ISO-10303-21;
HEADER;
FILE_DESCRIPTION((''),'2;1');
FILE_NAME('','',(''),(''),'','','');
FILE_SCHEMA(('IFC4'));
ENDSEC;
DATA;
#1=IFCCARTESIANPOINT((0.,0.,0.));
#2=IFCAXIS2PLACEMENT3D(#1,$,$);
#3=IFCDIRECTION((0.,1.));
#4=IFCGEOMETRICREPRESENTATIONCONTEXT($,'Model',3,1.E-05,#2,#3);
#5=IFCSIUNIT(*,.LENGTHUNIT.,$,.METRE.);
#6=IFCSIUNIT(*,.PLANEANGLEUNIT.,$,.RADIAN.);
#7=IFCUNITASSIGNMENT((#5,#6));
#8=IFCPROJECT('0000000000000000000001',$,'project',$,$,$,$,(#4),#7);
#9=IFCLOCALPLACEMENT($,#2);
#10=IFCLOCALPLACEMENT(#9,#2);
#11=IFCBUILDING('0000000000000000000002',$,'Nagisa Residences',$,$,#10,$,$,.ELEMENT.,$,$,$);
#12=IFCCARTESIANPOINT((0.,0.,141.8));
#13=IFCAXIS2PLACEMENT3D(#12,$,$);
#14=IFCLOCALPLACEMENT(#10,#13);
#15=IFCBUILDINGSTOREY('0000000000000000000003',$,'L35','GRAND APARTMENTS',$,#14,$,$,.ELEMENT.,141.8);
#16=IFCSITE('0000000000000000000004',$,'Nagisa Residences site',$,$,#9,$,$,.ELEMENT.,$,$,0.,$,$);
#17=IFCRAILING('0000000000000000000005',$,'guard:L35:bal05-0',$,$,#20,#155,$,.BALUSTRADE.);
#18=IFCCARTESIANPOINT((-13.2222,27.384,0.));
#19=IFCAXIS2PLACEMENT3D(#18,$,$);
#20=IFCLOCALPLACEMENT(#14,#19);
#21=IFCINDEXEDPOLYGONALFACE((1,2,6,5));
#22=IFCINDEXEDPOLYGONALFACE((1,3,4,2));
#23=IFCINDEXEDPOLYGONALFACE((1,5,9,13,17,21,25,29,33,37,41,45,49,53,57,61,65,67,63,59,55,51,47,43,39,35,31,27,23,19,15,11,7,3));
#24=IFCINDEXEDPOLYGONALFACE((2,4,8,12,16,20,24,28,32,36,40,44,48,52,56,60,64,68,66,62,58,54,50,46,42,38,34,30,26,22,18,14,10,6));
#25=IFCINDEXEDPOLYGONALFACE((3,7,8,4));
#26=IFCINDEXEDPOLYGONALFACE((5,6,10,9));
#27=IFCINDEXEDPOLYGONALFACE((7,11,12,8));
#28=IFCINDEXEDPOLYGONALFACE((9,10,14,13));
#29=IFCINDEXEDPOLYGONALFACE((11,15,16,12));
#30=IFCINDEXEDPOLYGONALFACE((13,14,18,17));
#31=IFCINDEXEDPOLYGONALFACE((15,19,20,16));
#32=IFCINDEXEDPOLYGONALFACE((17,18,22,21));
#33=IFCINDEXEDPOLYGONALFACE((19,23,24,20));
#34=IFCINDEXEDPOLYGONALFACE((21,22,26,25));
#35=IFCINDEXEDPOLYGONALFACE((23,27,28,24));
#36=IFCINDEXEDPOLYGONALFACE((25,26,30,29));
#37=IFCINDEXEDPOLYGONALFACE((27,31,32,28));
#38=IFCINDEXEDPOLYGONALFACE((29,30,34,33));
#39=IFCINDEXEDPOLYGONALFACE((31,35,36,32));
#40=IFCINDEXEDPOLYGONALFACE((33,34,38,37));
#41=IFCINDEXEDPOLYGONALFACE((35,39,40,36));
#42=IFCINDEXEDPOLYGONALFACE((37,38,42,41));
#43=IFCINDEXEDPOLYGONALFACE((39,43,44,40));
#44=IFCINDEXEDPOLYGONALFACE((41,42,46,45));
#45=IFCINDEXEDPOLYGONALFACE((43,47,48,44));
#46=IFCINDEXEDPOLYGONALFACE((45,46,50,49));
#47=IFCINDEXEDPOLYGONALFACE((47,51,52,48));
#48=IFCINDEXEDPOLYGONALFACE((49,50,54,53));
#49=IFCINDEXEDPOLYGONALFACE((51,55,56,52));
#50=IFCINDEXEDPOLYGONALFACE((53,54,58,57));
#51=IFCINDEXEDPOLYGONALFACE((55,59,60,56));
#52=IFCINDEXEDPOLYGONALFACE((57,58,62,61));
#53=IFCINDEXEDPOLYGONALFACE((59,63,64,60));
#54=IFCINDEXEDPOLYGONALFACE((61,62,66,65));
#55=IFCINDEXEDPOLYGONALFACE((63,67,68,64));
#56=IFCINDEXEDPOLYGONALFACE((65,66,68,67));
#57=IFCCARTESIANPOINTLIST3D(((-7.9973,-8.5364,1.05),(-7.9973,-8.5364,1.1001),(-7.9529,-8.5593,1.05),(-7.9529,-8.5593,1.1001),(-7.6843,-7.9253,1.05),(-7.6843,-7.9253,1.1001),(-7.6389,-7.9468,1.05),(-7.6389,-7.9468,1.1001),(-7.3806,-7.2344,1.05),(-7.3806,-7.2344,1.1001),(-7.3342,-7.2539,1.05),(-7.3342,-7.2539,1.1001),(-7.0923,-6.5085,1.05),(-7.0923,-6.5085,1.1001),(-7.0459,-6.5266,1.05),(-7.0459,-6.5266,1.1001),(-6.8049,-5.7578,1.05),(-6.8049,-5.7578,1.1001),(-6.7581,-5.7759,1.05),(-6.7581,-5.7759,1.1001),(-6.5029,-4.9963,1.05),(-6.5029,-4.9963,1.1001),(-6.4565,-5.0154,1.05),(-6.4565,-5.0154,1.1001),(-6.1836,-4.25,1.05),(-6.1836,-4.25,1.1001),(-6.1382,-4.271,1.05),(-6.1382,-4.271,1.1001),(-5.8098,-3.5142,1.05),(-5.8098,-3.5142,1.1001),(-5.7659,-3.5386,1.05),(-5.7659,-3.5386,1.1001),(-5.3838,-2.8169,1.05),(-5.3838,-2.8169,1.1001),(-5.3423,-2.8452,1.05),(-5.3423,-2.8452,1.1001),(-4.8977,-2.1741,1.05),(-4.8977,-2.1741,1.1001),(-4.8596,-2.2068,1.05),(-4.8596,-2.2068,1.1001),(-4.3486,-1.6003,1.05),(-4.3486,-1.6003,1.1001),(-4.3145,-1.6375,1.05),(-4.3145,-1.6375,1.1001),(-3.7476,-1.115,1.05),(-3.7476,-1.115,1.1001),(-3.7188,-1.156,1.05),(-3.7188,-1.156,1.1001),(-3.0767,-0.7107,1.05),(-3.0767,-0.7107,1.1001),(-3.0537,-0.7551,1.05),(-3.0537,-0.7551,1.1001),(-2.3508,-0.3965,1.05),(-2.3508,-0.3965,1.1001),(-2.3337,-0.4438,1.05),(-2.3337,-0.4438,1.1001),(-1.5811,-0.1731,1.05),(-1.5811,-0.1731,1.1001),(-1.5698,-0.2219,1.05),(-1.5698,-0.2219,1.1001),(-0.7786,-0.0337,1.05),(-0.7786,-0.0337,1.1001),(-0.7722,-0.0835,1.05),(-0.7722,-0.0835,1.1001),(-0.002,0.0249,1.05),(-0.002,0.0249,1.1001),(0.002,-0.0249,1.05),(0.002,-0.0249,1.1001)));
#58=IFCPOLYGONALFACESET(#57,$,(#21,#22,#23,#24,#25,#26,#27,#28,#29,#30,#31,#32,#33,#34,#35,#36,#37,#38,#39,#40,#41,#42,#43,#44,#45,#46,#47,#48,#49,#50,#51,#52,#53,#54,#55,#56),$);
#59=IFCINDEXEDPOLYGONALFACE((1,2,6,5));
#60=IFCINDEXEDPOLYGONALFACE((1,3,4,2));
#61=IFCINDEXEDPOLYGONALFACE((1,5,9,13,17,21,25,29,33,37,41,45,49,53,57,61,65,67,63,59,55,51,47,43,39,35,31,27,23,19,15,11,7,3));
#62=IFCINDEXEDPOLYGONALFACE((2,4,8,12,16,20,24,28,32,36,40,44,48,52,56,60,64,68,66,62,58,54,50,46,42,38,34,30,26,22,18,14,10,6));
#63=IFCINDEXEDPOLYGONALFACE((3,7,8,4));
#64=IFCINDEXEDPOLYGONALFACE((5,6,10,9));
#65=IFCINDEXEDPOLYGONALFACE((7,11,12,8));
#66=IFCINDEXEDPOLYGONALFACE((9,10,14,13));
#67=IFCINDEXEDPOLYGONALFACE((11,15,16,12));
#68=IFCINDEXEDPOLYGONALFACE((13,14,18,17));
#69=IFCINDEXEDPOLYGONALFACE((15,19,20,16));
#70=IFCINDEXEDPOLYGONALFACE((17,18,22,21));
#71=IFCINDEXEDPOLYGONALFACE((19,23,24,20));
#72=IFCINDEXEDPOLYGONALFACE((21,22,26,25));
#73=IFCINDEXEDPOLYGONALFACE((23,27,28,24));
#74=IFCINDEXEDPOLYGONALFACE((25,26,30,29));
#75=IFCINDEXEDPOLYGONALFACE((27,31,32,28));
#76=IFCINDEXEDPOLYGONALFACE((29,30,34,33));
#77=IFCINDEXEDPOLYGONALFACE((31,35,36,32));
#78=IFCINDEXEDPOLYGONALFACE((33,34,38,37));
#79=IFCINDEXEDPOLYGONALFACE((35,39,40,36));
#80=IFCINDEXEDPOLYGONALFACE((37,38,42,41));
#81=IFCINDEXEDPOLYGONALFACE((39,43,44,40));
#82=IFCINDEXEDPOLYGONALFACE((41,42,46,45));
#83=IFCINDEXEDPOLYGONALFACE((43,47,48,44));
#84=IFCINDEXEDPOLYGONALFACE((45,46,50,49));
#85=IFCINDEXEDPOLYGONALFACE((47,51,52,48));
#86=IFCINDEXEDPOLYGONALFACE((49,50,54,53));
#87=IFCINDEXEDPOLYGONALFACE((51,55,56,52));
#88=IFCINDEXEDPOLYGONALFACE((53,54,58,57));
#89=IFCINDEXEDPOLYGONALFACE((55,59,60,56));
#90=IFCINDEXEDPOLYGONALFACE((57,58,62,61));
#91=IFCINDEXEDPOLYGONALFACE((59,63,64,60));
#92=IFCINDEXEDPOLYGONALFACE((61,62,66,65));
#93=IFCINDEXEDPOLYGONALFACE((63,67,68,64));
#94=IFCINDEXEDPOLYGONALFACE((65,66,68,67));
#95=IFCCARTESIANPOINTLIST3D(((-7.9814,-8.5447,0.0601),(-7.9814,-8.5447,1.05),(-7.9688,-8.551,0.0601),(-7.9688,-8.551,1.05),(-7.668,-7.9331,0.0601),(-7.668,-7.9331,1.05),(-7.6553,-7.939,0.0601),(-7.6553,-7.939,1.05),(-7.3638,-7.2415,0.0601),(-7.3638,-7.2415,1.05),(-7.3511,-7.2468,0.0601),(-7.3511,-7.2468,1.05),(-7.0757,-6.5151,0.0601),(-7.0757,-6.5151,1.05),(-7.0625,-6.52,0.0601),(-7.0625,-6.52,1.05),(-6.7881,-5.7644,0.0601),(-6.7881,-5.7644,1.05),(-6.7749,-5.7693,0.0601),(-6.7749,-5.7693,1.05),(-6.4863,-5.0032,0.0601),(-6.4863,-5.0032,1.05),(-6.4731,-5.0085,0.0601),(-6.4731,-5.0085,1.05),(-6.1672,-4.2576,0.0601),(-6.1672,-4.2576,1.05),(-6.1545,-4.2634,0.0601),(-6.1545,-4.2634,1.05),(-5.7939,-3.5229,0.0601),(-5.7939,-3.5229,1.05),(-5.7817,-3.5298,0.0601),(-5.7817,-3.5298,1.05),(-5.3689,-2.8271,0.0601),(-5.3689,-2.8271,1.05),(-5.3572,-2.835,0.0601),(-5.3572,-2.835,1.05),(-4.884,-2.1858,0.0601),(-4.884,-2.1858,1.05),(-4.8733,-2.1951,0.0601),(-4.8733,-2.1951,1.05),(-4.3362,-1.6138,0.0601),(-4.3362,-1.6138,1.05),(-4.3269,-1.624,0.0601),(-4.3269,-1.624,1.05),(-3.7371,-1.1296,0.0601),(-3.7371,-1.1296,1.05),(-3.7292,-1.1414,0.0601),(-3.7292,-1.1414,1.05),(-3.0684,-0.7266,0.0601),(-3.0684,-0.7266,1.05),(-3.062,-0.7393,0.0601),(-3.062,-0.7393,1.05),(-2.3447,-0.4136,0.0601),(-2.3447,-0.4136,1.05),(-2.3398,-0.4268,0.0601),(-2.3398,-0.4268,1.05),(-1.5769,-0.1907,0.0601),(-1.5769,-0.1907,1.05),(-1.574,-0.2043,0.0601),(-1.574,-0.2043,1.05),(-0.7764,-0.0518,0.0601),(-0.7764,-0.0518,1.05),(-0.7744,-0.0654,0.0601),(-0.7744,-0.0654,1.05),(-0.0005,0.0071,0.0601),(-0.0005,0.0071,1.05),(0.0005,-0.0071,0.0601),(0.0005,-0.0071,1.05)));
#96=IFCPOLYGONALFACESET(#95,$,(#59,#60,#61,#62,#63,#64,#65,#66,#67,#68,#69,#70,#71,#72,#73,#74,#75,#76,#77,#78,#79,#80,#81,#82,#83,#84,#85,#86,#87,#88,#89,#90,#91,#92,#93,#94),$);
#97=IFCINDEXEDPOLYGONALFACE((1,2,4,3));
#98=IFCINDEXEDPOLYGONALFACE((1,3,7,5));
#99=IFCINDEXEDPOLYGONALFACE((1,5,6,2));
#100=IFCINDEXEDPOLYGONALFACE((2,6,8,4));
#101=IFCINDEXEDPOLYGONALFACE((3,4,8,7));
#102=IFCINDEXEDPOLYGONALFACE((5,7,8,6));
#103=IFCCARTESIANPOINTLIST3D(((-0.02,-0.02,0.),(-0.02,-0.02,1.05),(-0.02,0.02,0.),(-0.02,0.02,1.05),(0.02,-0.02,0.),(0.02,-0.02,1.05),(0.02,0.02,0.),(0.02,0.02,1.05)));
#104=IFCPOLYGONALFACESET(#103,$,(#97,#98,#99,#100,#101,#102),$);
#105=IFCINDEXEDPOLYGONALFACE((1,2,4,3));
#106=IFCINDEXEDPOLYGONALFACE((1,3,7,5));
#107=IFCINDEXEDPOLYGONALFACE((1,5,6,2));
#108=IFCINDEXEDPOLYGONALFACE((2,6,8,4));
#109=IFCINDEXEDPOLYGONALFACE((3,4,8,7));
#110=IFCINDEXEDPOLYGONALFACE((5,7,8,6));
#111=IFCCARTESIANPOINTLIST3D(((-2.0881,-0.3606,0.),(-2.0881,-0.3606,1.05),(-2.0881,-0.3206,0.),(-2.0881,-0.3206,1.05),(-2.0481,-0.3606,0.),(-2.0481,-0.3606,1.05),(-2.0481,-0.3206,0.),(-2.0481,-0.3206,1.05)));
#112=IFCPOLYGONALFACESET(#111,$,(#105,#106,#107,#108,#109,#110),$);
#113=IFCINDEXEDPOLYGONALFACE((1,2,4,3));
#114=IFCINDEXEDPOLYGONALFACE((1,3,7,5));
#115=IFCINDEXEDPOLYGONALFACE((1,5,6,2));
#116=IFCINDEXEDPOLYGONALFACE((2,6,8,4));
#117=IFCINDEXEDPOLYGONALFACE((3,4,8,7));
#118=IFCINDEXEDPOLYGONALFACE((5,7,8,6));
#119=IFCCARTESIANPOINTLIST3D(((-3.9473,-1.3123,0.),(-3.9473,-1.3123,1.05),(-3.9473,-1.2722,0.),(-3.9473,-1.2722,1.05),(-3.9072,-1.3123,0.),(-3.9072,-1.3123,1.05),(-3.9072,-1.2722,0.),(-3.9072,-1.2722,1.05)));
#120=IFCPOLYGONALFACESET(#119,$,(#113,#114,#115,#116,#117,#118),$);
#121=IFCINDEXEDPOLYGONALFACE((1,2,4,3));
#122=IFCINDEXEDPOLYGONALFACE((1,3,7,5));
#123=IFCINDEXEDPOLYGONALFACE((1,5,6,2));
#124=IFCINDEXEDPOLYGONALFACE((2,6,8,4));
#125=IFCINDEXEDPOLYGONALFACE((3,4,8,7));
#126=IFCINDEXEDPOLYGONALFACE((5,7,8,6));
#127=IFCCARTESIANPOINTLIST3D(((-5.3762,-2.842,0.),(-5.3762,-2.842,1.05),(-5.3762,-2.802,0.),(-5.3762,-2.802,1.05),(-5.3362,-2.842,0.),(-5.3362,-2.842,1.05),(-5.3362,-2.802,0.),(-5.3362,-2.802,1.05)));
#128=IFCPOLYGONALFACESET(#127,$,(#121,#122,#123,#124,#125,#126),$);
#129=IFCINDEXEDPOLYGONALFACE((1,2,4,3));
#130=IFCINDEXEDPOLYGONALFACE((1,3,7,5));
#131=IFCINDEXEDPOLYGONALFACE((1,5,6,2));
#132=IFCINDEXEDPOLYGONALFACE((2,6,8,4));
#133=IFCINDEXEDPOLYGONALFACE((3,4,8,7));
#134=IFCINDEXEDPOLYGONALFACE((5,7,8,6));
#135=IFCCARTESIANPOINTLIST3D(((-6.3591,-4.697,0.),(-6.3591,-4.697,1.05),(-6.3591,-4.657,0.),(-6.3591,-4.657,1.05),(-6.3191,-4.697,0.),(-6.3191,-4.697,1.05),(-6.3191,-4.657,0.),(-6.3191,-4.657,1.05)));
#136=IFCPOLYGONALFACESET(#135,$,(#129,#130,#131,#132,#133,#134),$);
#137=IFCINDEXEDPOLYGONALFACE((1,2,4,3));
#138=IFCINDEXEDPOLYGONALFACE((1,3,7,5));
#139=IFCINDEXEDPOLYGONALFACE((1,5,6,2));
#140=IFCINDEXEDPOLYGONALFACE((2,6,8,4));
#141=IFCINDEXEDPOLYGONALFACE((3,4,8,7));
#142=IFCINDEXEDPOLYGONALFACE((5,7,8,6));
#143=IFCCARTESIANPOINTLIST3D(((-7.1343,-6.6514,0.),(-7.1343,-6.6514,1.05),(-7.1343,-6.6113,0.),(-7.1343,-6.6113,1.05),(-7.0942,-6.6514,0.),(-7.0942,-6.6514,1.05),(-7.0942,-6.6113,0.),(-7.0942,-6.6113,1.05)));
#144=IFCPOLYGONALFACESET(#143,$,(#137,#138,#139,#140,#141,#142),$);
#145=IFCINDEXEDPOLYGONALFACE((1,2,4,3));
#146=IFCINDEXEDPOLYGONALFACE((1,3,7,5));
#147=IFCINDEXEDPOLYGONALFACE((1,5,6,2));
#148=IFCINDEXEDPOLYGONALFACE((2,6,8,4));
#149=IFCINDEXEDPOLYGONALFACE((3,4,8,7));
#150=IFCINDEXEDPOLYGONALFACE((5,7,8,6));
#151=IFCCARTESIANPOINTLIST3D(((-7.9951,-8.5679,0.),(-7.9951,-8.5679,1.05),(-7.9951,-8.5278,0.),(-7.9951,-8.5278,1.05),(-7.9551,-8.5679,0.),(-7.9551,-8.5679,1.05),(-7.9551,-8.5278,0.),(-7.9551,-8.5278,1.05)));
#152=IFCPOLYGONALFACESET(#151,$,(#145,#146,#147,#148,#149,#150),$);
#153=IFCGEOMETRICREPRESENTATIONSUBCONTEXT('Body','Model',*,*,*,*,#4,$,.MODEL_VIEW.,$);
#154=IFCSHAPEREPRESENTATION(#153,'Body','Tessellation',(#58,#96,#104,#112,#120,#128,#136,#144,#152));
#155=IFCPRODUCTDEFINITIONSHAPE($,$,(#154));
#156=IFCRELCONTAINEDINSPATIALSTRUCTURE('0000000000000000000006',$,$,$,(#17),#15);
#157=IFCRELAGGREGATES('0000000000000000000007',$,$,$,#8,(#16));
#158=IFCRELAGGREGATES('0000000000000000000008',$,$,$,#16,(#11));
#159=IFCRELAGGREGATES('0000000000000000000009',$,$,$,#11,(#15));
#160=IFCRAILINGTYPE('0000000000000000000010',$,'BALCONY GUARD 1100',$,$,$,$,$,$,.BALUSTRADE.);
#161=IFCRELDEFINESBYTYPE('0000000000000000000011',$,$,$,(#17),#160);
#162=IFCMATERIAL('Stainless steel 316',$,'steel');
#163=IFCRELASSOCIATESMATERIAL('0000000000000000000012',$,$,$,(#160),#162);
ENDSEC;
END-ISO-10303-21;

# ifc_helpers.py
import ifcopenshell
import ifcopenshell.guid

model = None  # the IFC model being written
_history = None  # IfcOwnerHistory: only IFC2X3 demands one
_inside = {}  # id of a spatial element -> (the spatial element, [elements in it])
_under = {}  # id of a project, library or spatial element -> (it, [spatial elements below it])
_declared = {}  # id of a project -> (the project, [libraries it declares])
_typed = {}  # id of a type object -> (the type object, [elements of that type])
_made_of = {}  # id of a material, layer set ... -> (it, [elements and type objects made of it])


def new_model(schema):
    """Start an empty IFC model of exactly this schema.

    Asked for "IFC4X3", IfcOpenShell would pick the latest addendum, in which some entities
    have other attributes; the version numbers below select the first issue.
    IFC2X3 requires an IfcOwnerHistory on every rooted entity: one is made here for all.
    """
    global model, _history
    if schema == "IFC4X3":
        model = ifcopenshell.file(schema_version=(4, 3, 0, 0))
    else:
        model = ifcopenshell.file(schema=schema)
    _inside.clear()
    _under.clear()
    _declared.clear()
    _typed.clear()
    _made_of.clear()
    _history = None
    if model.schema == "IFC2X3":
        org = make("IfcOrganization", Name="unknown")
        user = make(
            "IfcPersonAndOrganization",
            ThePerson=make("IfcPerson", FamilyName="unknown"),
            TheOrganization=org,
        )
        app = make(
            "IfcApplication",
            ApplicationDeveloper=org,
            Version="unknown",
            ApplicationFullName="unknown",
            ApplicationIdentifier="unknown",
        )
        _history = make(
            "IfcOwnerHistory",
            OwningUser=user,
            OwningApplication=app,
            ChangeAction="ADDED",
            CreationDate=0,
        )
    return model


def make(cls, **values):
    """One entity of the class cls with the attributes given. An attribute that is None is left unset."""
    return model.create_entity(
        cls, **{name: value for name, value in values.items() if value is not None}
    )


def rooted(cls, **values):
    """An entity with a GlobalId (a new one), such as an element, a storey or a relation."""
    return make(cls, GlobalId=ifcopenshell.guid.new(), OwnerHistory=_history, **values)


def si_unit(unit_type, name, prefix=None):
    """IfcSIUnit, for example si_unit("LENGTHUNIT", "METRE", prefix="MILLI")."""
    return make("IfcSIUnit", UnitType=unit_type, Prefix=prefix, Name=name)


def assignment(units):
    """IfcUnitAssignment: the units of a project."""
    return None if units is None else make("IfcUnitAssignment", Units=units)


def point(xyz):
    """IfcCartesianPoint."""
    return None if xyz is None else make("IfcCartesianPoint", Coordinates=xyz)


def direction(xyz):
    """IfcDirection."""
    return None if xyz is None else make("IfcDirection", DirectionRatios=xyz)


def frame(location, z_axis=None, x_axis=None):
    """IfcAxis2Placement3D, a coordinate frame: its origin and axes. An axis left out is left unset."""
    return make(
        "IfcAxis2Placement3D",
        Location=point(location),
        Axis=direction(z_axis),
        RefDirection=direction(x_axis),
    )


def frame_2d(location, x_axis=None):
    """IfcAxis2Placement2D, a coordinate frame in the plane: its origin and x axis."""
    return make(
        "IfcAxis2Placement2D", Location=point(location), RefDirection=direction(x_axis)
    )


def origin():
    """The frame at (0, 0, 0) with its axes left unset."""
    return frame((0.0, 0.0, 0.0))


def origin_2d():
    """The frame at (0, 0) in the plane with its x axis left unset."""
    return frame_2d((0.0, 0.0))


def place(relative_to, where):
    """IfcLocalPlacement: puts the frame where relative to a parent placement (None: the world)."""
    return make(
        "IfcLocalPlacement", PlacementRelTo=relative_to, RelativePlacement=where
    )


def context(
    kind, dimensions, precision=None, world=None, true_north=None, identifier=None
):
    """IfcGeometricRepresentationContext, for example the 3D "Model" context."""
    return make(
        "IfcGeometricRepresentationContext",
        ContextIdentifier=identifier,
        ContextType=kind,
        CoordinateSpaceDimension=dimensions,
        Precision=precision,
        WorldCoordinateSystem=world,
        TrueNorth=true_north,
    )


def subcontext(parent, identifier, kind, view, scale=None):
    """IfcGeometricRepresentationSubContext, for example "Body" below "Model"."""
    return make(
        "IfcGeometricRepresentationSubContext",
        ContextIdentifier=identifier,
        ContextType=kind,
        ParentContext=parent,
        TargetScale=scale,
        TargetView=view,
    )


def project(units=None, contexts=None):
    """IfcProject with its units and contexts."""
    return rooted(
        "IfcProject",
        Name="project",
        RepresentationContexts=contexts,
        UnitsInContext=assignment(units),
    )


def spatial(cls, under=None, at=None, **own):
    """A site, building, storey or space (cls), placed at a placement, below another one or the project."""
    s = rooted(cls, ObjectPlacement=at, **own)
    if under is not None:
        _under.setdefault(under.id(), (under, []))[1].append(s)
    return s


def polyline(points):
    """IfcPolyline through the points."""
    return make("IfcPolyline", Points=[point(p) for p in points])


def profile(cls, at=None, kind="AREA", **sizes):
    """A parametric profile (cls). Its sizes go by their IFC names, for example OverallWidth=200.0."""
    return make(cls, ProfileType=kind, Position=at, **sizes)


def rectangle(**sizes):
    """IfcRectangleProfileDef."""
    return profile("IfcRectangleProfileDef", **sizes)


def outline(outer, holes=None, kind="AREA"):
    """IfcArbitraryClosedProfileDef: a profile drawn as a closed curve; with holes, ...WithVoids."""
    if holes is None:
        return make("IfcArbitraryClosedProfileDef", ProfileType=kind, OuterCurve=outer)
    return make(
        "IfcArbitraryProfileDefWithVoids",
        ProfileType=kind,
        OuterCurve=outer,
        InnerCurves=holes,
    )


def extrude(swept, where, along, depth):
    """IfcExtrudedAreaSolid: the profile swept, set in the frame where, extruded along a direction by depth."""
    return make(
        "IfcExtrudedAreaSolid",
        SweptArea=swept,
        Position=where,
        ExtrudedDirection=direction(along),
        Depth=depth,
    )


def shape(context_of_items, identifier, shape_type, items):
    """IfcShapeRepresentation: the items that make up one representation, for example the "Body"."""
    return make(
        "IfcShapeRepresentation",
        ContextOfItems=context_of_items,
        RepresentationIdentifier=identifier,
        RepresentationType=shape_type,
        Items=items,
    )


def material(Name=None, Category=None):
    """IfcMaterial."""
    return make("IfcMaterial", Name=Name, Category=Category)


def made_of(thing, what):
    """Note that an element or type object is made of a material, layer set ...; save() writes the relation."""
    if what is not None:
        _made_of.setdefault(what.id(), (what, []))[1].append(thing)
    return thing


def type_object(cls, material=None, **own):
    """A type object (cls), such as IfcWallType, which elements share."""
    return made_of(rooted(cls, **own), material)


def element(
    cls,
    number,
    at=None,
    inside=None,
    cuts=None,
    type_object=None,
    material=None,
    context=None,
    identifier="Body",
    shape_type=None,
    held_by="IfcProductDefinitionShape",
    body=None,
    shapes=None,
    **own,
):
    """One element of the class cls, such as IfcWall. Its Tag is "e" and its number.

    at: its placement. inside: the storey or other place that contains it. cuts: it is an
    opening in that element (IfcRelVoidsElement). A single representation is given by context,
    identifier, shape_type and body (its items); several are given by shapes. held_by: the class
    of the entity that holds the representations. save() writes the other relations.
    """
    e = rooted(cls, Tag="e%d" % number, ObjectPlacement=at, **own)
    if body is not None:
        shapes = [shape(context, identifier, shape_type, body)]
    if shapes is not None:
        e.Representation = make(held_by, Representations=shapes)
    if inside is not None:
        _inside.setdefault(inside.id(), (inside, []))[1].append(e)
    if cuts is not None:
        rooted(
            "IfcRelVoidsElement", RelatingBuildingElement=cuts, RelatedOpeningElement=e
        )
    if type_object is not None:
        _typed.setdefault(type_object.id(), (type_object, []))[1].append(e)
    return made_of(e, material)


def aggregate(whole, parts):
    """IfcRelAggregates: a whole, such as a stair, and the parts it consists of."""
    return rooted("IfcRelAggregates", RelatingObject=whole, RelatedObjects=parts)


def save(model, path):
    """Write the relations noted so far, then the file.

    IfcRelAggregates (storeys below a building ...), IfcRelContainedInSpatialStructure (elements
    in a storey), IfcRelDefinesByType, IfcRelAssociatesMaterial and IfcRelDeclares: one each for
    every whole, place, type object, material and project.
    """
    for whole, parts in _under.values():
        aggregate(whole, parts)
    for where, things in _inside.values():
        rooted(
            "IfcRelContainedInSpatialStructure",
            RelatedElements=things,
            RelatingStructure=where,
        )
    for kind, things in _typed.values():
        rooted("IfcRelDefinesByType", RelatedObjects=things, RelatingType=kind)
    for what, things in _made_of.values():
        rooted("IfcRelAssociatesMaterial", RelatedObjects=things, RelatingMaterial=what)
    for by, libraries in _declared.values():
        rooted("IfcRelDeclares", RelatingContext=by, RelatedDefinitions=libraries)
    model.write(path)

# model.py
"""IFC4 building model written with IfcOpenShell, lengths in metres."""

from ifc_helpers import new_model, si_unit, direction, frame, origin, origin_2d, place, context, subcontext, project, spatial, polyline, rectangle, outline, extrude, material, type_object, element, save


model = new_model("IFC4")

# Units and contexts
model_context = context("Model", 3, precision=1e-05, world=origin(), true_north=direction((0.0, 1.0)))
body_context = subcontext(model_context, "Body", "Model", "MODEL_VIEW")
ifc_project = project(units=[si_unit("LENGTHUNIT", "METRE"), si_unit("PLANEANGLEUNIT", "RADIAN")], contexts=[model_context])

# Site, building, storey
site_placement = place(None, origin())
site = spatial("IfcSite", under=ifc_project, at=site_placement, Name="Nagisa Residences site", CompositionType="ELEMENT", RefElevation=0.0)
building_placement = place(site_placement, origin())
building = spatial("IfcBuilding", under=site, at=building_placement, Name="Nagisa Residences", CompositionType="ELEMENT")
storey_placement = place(building_placement, frame((0.0, 0.0, 141.8)))
storey = spatial("IfcBuildingStorey", under=building, at=storey_placement, Name="L35", Description="GRAND APARTMENTS", CompositionType="ELEMENT", Elevation=141.8)

# Railing
ifc_material_1 = material(Name="Stainless steel 316", Category="steel")
railing_type = type_object("IfcRailingType", Name="BALCONY GUARD 1100", PredefinedType="BALUSTRADE", material=ifc_material_1)
railing_1_placement = place(storey_placement, frame((-13.2222, 27.384, 0.0)))
element("IfcRailing", 1, at=railing_1_placement, inside=storey, type_object=railing_type, Name="guard:L35:bal05-0", PredefinedType="BALUSTRADE", context=body_context, shape_type="SweptSolid", body=[
    extrude(outline(polyline([(-0.7722, -0.0835), (0.002, -0.0249), (-0.002, 0.0249), (-0.7786, -0.0337), (-1.5811, -0.1731), (-2.3508, -0.3965), (-3.0767, -0.7107), (-3.7476, -1.115), (-4.3486, -1.6003), (-4.8977, -2.1741), (-5.3838, -2.8169), (-5.8098, -3.5142), (-6.1836, -4.25), (-6.5029, -4.9963), (-6.8049, -5.7578), (-7.0923, -6.5085), (-7.3806, -7.2344), (-7.6843, -7.9253), (-7.9973, -8.5364), (-7.9529, -8.5593), (-7.6389, -7.9468), (-7.3342, -7.2539), (-7.0459, -6.5266), (-6.7581, -5.7759), (-6.4565, -5.0154), (-6.1382, -4.271), (-5.7659, -3.5386), (-5.3423, -2.8452), (-4.8596, -2.2068), (-4.3145, -1.6375), (-3.7188, -1.156), (-3.0537, -0.7551), (-2.3337, -0.4438), (-1.5698, -0.2219), (-0.7722, -0.0835)])), frame((0.0, 0.0, 1.05)), (0.0, 0.0, 1.0), 0.05),
    extrude(outline(polyline([(-0.7744, -0.0654), (0.0005, -0.0071), (-0.0005, 0.0071), (-0.7764, -0.0518), (-1.5769, -0.1907), (-2.3447, -0.4136), (-3.0684, -0.7266), (-3.7371, -1.1296), (-4.3362, -1.6138), (-4.884, -2.1858), (-5.3689, -2.8271), (-5.7939, -3.5229), (-6.1672, -4.2576), (-6.4863, -5.0032), (-6.7881, -5.7644), (-7.0757, -6.5151), (-7.3638, -7.2415), (-7.668, -7.9331), (-7.9814, -8.5447), (-7.9688, -8.551), (-7.6553, -7.939), (-7.3511, -7.2468), (-7.0625, -6.52), (-6.7749, -5.7693), (-6.4731, -5.0085), (-6.1545, -4.2634), (-5.7817, -3.5298), (-5.3572, -2.835), (-4.8733, -2.1951), (-4.3269, -1.624), (-3.7292, -1.1414), (-3.062, -0.7393), (-2.3398, -0.4268), (-1.574, -0.2043), (-0.7744, -0.0654)])), frame((0.0, 0.0, 0.0601)), (0.0, 0.0, 1.0), 0.99),
    extrude(rectangle(XDim=0.04, YDim=0.04, at=origin_2d()), origin(), (0.0, 0.0, 1.0), 1.05),
    extrude(rectangle(XDim=0.04, YDim=0.04, at=origin_2d()), frame((-2.0681, -0.3406, 0.0)), (0.0, 0.0, 1.0), 1.05),
    extrude(rectangle(XDim=0.04, YDim=0.04, at=origin_2d()), frame((-3.9272, -1.2922, 0.0)), (0.0, 0.0, 1.0), 1.05),
    extrude(rectangle(XDim=0.04, YDim=0.04, at=origin_2d()), frame((-5.3562, -2.822, 0.0)), (0.0, 0.0, 1.0), 1.05),
    extrude(rectangle(XDim=0.04, YDim=0.04, at=origin_2d()), frame((-6.3391, -4.677, 0.0)), (0.0, 0.0, 1.0), 1.05),
    extrude(rectangle(XDim=0.04, YDim=0.04, at=origin_2d()), frame((-7.1143, -6.6313, 0.0)), (0.0, 0.0, 1.0), 1.05),
    extrude(rectangle(XDim=0.04, YDim=0.04, at=origin_2d()), frame((-7.9751, -8.5479, 0.0)), (0.0, 0.0, 1.0), 1.05),
])

save(model, "model.ifc")
